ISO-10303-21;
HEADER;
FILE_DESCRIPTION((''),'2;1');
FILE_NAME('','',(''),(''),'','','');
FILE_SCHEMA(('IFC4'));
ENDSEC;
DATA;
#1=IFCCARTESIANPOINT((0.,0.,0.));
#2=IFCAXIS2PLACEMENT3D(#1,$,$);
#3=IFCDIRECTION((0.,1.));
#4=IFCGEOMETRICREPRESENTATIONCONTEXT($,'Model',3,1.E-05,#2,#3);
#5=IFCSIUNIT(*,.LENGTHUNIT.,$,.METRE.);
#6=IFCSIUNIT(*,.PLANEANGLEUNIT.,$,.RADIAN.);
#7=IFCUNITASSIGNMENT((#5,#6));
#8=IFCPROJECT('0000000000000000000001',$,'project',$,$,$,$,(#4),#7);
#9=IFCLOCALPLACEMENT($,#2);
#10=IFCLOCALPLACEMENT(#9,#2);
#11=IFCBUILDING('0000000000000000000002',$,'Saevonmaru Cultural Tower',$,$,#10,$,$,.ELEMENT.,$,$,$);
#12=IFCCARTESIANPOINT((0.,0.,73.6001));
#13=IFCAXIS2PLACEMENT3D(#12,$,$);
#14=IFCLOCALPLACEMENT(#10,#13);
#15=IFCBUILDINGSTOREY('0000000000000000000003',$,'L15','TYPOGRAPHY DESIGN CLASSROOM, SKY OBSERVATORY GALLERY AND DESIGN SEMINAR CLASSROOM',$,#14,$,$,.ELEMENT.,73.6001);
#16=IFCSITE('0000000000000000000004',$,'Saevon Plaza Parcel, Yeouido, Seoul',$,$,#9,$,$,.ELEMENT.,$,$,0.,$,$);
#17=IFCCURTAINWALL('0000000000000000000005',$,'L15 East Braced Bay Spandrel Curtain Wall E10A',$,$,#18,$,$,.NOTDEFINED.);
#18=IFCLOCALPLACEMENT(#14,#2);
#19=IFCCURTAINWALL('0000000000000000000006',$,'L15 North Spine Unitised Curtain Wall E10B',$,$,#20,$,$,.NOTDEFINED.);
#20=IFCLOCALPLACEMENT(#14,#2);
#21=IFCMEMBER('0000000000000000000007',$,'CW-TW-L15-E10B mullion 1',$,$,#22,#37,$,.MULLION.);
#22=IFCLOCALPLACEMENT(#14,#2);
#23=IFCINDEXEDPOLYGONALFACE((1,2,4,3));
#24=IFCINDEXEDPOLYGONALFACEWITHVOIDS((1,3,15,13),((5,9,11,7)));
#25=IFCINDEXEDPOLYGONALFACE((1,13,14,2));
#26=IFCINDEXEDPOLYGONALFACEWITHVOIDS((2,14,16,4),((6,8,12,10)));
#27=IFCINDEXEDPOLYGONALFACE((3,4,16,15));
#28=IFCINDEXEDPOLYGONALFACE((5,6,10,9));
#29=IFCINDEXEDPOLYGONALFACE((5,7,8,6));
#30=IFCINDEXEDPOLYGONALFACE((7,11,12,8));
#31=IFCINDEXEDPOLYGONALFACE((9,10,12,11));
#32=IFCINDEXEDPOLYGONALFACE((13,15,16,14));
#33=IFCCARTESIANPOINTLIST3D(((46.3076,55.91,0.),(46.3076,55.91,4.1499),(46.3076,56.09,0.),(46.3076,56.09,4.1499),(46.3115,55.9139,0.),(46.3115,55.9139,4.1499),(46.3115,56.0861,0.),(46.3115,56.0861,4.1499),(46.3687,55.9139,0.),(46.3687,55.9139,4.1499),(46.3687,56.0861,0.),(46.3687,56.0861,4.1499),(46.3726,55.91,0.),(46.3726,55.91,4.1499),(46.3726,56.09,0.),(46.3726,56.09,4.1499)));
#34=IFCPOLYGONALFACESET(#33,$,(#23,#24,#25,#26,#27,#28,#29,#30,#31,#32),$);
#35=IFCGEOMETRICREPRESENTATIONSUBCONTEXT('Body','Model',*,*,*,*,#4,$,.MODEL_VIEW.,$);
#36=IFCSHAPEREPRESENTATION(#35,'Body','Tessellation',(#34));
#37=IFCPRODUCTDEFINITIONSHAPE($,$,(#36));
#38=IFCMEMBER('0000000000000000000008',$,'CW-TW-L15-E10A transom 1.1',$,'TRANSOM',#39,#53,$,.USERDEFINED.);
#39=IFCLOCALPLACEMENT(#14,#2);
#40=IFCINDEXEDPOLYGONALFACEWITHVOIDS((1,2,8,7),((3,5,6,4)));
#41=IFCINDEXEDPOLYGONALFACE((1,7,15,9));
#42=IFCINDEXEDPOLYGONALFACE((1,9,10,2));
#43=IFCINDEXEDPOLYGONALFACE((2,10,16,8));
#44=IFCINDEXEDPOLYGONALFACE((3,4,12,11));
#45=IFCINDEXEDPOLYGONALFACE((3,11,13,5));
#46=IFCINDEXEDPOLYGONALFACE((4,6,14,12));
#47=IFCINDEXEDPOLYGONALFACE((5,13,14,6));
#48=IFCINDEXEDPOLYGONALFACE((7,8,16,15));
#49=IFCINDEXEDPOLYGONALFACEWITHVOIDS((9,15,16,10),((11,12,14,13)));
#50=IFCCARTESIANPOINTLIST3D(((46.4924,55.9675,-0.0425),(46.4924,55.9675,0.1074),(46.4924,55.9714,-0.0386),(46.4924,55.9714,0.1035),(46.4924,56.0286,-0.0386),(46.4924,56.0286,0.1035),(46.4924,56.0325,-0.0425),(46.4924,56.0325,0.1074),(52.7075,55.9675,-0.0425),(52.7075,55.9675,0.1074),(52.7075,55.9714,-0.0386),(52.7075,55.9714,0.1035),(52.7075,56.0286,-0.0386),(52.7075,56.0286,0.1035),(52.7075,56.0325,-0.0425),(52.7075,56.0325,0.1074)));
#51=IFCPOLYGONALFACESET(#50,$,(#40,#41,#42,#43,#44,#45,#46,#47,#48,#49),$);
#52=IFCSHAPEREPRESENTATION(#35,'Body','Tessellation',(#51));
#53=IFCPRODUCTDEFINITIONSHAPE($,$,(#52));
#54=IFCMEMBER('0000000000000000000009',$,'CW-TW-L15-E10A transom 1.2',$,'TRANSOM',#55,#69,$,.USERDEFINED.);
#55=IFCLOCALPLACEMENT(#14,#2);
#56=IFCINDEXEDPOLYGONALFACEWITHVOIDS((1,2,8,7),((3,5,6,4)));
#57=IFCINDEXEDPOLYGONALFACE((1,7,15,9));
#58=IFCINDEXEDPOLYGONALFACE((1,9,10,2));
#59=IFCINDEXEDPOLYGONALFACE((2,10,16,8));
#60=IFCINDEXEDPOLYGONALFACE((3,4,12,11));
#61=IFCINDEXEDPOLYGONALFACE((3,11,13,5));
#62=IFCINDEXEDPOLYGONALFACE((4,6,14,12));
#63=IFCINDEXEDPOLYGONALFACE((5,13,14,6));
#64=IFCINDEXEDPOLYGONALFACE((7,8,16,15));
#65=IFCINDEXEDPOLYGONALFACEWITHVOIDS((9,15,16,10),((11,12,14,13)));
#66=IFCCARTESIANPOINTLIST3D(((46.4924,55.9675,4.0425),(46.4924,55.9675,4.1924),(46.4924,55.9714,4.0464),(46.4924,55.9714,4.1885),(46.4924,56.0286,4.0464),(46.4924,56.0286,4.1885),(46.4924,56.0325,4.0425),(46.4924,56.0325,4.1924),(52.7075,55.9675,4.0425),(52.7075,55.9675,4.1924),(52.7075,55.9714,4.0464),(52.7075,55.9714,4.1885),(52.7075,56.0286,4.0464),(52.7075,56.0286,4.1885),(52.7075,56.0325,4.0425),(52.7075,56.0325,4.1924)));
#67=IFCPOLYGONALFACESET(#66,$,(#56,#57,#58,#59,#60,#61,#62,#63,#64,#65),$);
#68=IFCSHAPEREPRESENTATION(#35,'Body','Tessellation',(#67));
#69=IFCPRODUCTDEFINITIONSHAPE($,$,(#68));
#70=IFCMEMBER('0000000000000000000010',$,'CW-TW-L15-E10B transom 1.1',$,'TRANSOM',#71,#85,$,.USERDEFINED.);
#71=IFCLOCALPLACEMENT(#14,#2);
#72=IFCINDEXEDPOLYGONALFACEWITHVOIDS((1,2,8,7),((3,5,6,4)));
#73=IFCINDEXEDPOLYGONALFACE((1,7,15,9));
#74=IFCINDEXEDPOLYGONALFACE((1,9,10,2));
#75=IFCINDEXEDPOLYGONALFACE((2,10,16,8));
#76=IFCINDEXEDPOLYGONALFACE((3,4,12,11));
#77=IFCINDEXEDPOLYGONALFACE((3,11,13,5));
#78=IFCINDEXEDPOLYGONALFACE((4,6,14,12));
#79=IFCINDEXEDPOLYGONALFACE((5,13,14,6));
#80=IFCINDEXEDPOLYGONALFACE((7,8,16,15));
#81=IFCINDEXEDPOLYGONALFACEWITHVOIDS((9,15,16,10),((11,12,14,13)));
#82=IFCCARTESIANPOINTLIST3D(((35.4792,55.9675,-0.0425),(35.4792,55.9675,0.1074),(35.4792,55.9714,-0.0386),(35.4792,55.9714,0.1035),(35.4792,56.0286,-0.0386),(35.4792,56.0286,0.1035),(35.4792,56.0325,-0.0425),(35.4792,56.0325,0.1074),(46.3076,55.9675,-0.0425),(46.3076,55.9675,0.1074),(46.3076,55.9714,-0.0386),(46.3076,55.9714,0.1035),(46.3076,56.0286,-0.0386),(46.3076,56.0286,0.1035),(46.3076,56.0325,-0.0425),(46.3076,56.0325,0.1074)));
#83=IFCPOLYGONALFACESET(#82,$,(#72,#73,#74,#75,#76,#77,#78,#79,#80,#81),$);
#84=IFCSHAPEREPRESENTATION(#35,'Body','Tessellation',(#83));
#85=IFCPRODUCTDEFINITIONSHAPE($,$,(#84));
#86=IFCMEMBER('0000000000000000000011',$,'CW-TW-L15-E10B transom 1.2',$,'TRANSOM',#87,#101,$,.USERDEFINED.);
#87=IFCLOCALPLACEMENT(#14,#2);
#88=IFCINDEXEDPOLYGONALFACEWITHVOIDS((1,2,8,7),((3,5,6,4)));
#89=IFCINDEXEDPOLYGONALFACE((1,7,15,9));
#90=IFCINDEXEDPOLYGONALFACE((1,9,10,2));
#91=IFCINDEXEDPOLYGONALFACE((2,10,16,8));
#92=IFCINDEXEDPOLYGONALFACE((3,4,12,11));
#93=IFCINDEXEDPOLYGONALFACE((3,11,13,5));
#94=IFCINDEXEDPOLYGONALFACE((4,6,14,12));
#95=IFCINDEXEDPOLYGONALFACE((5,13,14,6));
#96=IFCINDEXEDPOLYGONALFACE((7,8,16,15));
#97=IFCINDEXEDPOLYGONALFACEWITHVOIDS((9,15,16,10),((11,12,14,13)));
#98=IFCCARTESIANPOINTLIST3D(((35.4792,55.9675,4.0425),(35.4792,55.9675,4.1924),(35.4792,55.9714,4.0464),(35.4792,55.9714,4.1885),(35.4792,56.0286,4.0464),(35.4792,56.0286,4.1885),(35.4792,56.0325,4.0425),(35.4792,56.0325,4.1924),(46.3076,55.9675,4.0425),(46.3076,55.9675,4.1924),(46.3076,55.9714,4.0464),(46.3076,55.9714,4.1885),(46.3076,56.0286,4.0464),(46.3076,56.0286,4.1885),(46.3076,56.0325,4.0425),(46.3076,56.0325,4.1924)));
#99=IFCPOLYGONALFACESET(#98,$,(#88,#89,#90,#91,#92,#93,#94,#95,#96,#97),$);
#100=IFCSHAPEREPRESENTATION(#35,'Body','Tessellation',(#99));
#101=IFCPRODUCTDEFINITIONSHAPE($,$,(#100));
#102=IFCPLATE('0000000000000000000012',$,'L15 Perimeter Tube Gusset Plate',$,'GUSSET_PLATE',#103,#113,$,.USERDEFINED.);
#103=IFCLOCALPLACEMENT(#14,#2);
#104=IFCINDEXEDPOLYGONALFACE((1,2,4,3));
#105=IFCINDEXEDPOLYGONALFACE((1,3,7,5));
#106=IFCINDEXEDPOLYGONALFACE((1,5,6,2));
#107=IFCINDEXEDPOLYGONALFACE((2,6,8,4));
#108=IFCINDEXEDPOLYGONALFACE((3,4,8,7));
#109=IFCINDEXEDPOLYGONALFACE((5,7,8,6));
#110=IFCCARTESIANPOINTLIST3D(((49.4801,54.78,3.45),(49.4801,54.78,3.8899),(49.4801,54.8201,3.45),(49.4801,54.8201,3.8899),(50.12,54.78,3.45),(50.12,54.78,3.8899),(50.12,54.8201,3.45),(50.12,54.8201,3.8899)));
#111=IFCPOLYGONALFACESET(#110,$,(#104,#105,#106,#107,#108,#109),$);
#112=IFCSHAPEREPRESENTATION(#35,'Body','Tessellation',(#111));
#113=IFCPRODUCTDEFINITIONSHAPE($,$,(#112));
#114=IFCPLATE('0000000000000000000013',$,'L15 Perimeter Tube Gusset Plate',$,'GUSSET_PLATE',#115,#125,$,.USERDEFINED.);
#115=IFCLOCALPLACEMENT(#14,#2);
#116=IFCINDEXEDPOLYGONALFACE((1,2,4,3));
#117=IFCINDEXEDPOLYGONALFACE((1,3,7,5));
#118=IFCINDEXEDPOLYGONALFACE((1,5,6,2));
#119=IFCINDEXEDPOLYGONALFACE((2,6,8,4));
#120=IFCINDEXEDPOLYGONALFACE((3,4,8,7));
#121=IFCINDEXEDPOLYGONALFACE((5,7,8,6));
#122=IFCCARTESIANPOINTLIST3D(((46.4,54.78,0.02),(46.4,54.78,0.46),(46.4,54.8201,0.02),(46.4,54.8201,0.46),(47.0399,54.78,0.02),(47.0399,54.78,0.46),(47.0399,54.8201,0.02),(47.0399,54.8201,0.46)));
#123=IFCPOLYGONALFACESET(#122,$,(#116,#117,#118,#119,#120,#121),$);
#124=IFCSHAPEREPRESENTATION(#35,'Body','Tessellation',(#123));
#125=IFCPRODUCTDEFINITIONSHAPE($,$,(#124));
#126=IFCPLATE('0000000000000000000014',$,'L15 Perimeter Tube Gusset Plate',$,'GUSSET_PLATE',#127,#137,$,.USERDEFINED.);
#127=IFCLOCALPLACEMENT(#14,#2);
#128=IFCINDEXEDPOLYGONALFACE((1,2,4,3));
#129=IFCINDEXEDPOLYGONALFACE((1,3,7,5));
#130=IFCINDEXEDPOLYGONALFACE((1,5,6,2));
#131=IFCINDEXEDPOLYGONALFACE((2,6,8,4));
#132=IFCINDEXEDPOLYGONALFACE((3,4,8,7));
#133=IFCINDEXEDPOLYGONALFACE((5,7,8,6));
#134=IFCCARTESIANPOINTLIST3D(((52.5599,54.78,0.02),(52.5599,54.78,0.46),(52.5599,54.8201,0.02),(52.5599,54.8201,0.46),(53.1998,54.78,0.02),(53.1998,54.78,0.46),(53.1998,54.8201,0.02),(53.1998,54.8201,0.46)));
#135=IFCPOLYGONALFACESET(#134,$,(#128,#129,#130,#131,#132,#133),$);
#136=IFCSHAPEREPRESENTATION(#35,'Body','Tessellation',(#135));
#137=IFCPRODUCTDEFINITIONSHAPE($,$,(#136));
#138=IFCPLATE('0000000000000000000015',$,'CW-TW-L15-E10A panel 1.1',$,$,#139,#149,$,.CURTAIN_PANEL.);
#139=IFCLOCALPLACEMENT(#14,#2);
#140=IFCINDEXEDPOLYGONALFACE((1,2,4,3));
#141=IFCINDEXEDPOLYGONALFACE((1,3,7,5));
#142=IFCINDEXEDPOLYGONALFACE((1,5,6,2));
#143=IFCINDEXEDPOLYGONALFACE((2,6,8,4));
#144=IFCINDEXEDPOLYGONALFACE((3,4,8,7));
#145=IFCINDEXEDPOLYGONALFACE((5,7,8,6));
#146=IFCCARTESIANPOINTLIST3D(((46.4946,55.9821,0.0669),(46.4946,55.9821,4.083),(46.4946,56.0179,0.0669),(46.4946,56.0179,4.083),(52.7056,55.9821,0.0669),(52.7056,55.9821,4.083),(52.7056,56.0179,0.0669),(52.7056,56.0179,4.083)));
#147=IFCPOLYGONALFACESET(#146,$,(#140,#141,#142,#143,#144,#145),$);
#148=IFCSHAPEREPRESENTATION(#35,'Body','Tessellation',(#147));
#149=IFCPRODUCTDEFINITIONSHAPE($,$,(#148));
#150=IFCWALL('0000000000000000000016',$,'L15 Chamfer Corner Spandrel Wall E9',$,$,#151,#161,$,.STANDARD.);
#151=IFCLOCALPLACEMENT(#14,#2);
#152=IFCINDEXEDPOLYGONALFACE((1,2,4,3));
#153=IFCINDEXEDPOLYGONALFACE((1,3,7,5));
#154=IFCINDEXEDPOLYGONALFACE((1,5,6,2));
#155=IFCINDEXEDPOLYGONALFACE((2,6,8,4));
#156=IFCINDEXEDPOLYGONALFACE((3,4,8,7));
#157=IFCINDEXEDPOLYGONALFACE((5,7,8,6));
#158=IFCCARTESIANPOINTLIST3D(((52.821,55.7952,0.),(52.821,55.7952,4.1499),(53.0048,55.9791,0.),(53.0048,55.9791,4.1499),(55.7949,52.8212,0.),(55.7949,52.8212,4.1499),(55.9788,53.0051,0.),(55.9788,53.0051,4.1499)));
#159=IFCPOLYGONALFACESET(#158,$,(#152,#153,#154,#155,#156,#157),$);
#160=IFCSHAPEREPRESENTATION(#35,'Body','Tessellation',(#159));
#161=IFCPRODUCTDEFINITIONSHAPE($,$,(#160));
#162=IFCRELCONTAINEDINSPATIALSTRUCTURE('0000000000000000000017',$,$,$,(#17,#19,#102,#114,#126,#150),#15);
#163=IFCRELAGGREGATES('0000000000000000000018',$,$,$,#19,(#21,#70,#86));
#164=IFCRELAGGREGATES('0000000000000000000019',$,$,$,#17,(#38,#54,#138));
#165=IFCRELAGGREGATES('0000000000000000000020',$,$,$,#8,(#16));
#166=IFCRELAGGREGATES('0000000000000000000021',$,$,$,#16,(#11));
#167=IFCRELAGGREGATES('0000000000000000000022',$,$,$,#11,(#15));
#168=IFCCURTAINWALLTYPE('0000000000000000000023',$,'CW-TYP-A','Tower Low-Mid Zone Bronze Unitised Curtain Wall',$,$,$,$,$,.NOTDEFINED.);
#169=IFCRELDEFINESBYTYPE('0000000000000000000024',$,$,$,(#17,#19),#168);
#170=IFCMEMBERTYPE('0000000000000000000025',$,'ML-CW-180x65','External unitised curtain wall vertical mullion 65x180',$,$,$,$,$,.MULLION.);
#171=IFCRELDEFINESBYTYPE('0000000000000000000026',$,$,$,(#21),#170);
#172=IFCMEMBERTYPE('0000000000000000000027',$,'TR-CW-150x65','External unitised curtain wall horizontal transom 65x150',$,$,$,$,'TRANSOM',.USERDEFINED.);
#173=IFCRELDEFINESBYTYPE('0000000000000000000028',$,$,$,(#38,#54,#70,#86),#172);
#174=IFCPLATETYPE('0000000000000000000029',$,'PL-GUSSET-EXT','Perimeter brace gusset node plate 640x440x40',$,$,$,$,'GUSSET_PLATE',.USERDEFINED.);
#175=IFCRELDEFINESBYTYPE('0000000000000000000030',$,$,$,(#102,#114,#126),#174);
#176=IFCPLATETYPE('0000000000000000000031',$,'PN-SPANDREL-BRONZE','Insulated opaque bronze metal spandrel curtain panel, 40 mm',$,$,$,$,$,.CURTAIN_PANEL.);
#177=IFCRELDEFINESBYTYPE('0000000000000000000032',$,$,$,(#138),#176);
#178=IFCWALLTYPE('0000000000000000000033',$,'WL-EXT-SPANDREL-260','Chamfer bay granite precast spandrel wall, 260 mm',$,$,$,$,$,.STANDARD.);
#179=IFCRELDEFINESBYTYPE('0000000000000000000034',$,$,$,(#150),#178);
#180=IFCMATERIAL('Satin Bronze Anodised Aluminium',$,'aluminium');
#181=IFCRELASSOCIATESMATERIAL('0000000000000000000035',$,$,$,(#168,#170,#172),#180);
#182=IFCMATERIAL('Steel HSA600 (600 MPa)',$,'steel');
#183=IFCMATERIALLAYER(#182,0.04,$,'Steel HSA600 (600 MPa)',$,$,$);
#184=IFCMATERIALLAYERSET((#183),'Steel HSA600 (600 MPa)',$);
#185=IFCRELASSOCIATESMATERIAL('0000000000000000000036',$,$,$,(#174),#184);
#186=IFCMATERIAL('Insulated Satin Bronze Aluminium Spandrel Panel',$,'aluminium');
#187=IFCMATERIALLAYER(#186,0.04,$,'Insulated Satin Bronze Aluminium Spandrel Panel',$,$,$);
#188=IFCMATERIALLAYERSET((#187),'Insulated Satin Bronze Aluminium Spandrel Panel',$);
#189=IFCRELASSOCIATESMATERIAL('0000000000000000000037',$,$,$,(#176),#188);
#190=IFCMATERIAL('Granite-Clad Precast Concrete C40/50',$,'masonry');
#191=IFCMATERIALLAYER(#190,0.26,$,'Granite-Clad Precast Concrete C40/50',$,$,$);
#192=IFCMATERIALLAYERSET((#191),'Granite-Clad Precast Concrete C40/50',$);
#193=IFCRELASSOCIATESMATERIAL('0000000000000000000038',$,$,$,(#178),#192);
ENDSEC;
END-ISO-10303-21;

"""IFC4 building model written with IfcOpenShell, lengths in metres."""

from ifc_helpers import new_model, si_unit, direction, frame, frame_2d, origin, origin_2d, place, context, subcontext, project, spatial, rectangle, hollow_rectangle, extrude, material, layer, layer_set, material_profile, profile_set, type_object, element, aggregate, save


model = new_model("IFC4")

# Units and contexts
model_context = context("Model", 3, precision=1e-05, world=origin(), true_north=direction((0.0, 1.0)))
body_context = subcontext(model_context, "Body", "Model", "MODEL_VIEW")
ifc_project = project(units=[si_unit("LENGTHUNIT", "METRE"), si_unit("PLANEANGLEUNIT", "RADIAN")], contexts=[model_context])

# Site, building, storey
site_placement = place(None, origin())
site = spatial("IfcSite", under=ifc_project, at=site_placement, Name="Saevon Plaza Parcel, Yeouido, Seoul", CompositionType="ELEMENT", RefElevation=0.0)
building_placement = place(site_placement, origin())
building = spatial("IfcBuilding", under=site, at=building_placement, Name="Saevonmaru Cultural Tower", CompositionType="ELEMENT")
storey_placement = place(building_placement, frame((0.0, 0.0, 73.6001)))
storey = spatial("IfcBuildingStorey", under=building, at=storey_placement, Name="L15", Description="TYPOGRAPHY DESIGN CLASSROOM, SKY OBSERVATORY GALLERY AND DESIGN SEMINAR CLASSROOM", CompositionType="ELEMENT", Elevation=73.6001)

# Shared definitions
ifc_material_1 = material(Name="Steel HSA600 (600 MPa)", Category="steel")

# Shared definitions
ifc_material_2 = material(Name="Satin Bronze Anodised Aluminium", Category="aluminium")
curtain_wall_type = type_object("IfcCurtainWallType", Name="CW-TYP-A", Description="Tower Low-Mid Zone Bronze Unitised Curtain Wall", PredefinedType="NOTDEFINED", material=ifc_material_2)
ifc_material_profile_1 = material_profile(ifc_material_2, hollow_rectangle(XDim=0.0649, YDim=0.1799, WallThickness=0.0039, at=origin_2d()), Name="ALU-MULL-180x65x4")
ifc_profile_set_1 = profile_set([ifc_material_profile_1], Name="Satin Bronze Anodised Aluminium")
member_type_1 = type_object("IfcMemberType", Name="ML-CW-180x65", Description="External unitised curtain wall vertical mullion 65x180", PredefinedType="MULLION", material=ifc_profile_set_1)

# Curtain wall
curtain_wall_1_placement = place(storey_placement, origin())
curtain_wall_1 = element("IfcCurtainWall", 1, at=curtain_wall_1_placement, inside=storey, type_object=curtain_wall_type, Name="L15 East Braced Bay Spandrel Curtain Wall E10A", PredefinedType="NOTDEFINED")

# Curtain wall, member
curtain_wall_2_placement = place(storey_placement, origin())
curtain_wall_2 = element("IfcCurtainWall", 2, at=curtain_wall_2_placement, inside=storey, type_object=curtain_wall_type, Name="L15 North Spine Unitised Curtain Wall E10B", PredefinedType="NOTDEFINED")
member_1_placement = place(storey_placement, frame((46.3401, 56.0, 0.0), z_axis=(0.0, 0.0, 1.0), x_axis=(-1.0, 0.0, 0.0)))
member_1 = element("IfcMember", 3, at=member_1_placement, type_object=member_type_1, Name="CW-TW-L15-E10B mullion 1", PredefinedType="MULLION", context=body_context, shape_type="SweptSolid", body=[
    extrude(hollow_rectangle(XDim=0.0649, YDim=0.1799, WallThickness=0.0039, at=origin_2d()), origin(), (0.0, 0.0, 1.0), 4.1499),
])

# Members
ifc_material_profile_2 = material_profile(ifc_material_2, hollow_rectangle(XDim=0.0649, YDim=0.1499, WallThickness=0.0039, at=origin_2d()), Name="ALU-TRAN-150x65x4")
ifc_profile_set_2 = profile_set([ifc_material_profile_2], Name="Satin Bronze Anodised Aluminium")
member_type_2 = type_object("IfcMemberType", Name="TR-CW-150x65", Description="External unitised curtain wall horizontal transom 65x150", ElementType="TRANSOM", PredefinedType="USERDEFINED", material=ifc_profile_set_2)
member_2_placement = place(storey_placement, frame((52.7075, 56.0, 0.0325), z_axis=(-1.0, 0.0, 0.0), x_axis=(0.0, -1.0, 0.0)))
member_2 = element("IfcMember", 4, at=member_2_placement, type_object=member_type_2, Name="CW-TW-L15-E10A transom 1.1", ObjectType="TRANSOM", PredefinedType="USERDEFINED", context=body_context, shape_type="SweptSolid", body=[
    extrude(hollow_rectangle(XDim=0.0649, YDim=0.1499, WallThickness=0.0039, at=origin_2d()), origin(), (0.0, 0.0, 1.0), 6.2151),
])
member_3_placement = place(storey_placement, frame((52.7075, 56.0, 4.1174), z_axis=(-1.0, 0.0, 0.0), x_axis=(0.0, -1.0, 0.0)))
member_3 = element("IfcMember", 5, at=member_3_placement, type_object=member_type_2, Name="CW-TW-L15-E10A transom 1.2", ObjectType="TRANSOM", PredefinedType="USERDEFINED", context=body_context, shape_type="SweptSolid", body=[
    extrude(hollow_rectangle(XDim=0.0649, YDim=0.1499, WallThickness=0.0039, at=origin_2d()), origin(), (0.0, 0.0, 1.0), 6.2151),
])
member_4_placement = place(storey_placement, frame((46.3076, 56.0, 0.0325), z_axis=(-1.0, 0.0, 0.0), x_axis=(0.0, -1.0, 0.0)))
member_4 = element("IfcMember", 6, at=member_4_placement, type_object=member_type_2, Name="CW-TW-L15-E10B transom 1.1", ObjectType="TRANSOM", PredefinedType="USERDEFINED", context=body_context, shape_type="SweptSolid", body=[
    extrude(hollow_rectangle(XDim=0.0649, YDim=0.1499, WallThickness=0.0039, at=origin_2d()), origin(), (0.0, 0.0, 1.0), 10.8284),
])
member_5_placement = place(storey_placement, frame((46.3076, 56.0, 4.1174), z_axis=(-1.0, 0.0, 0.0), x_axis=(0.0, -1.0, 0.0)))
member_5 = element("IfcMember", 7, at=member_5_placement, type_object=member_type_2, Name="CW-TW-L15-E10B transom 1.2", ObjectType="TRANSOM", PredefinedType="USERDEFINED", context=body_context, shape_type="SweptSolid", body=[
    extrude(hollow_rectangle(XDim=0.0649, YDim=0.1499, WallThickness=0.0039, at=origin_2d()), origin(), (0.0, 0.0, 1.0), 10.8284),
])
aggregate(curtain_wall_2, [member_1, member_4, member_5])

# Plates
ifc_layer_1 = layer(ifc_material_1, 0.04, Name="Steel HSA600 (600 MPa)")
ifc_layer_set_1 = layer_set([ifc_layer_1], Name="Steel HSA600 (600 MPa)")
plate_type_1 = type_object("IfcPlateType", Name="PL-GUSSET-EXT", Description="Perimeter brace gusset node plate 640x440x40", ElementType="GUSSET_PLATE", PredefinedType="USERDEFINED", material=ifc_layer_set_1)
for number, where, z_axis, x_axis, name in (
    (8, (49.8, 54.8, 3.45), (0.0, 0.0, 1.0), (1.0, 0.0, 0.0), "L15 Perimeter Tube Gusset Plate"),
    (9, (46.72, 54.8, 0.02), (0.0, 0.0, 1.0), (1.0, 0.0, 0.0), "L15 Perimeter Tube Gusset Plate"),
    (10, (52.8799, 54.8, 0.02), (0.0, 0.0, 1.0), (1.0, 0.0, 0.0), "L15 Perimeter Tube Gusset Plate"),
):
    element("IfcPlate", number, at=place(storey_placement, frame(where, z_axis=z_axis, x_axis=x_axis)), inside=storey, type_object=plate_type_1, Name=name, ObjectType="GUSSET_PLATE", PredefinedType="USERDEFINED", context=body_context, shape_type="SweptSolid", body=[
        extrude(rectangle(XDim=0.6399, YDim=0.04, at=origin_2d()), origin(), (0.0, 0.0, 1.0), 0.4399),
    ])

# Plate
ifc_material_3 = material(Name="Insulated Satin Bronze Aluminium Spandrel Panel", Category="aluminium")
ifc_layer_2 = layer(ifc_material_3, 0.04, Name="Insulated Satin Bronze Aluminium Spandrel Panel")
ifc_layer_set_2 = layer_set([ifc_layer_2], Name="Insulated Satin Bronze Aluminium Spandrel Panel")
plate_type_2 = type_object("IfcPlateType", Name="PN-SPANDREL-BRONZE", Description="Insulated opaque bronze metal spandrel curtain panel, 40 mm", PredefinedType="CURTAIN_PANEL", material=ifc_layer_set_2)
plate_placement = place(storey_placement, frame((49.6001, 56.0, 0.0669), z_axis=(0.0, 0.0, 1.0), x_axis=(-1.0, 0.0, 0.0)))
plate = element("IfcPlate", 11, at=plate_placement, type_object=plate_type_2, Name="CW-TW-L15-E10A panel 1.1", PredefinedType="CURTAIN_PANEL", context=body_context, shape_type="SweptSolid", body=[
    extrude(rectangle(XDim=6.2109, YDim=0.0359, at=origin_2d()), origin(), (0.0, 0.0, 1.0), 4.0161),
])
aggregate(curtain_wall_1, [member_2, member_3, plate])

# Wall
ifc_material_4 = material(Name="Granite-Clad Precast Concrete C40/50", Category="masonry")
ifc_layer_3 = layer(ifc_material_4, 0.26, Name="Granite-Clad Precast Concrete C40/50")
ifc_layer_set_3 = layer_set([ifc_layer_3], Name="Granite-Clad Precast Concrete C40/50")
wall_type_1 = type_object("IfcWallType", Name="WL-EXT-SPANDREL-260", Description="Chamfer bay granite precast spandrel wall, 260 mm", PredefinedType="STANDARD", material=ifc_layer_set_3)
wall_1_placement = place(storey_placement, frame((55.887, 52.9131, 0.0), z_axis=(0.0, 0.0, 1.0), x_axis=(-0.707107, 0.707107, 0.0)))
element("IfcWall", 12, at=wall_1_placement, inside=storey, type_object=wall_type_1, Name="L15 Chamfer Corner Spandrel Wall E9", PredefinedType="STANDARD", context=body_context, shape_type="SweptSolid", body=[
    extrude(rectangle(XDim=4.2058, YDim=0.26, at=frame_2d((2.103, 0.0))), origin(), (0.0, 0.0, 1.0), 4.1499),
])

save(model, "model.ifc")
